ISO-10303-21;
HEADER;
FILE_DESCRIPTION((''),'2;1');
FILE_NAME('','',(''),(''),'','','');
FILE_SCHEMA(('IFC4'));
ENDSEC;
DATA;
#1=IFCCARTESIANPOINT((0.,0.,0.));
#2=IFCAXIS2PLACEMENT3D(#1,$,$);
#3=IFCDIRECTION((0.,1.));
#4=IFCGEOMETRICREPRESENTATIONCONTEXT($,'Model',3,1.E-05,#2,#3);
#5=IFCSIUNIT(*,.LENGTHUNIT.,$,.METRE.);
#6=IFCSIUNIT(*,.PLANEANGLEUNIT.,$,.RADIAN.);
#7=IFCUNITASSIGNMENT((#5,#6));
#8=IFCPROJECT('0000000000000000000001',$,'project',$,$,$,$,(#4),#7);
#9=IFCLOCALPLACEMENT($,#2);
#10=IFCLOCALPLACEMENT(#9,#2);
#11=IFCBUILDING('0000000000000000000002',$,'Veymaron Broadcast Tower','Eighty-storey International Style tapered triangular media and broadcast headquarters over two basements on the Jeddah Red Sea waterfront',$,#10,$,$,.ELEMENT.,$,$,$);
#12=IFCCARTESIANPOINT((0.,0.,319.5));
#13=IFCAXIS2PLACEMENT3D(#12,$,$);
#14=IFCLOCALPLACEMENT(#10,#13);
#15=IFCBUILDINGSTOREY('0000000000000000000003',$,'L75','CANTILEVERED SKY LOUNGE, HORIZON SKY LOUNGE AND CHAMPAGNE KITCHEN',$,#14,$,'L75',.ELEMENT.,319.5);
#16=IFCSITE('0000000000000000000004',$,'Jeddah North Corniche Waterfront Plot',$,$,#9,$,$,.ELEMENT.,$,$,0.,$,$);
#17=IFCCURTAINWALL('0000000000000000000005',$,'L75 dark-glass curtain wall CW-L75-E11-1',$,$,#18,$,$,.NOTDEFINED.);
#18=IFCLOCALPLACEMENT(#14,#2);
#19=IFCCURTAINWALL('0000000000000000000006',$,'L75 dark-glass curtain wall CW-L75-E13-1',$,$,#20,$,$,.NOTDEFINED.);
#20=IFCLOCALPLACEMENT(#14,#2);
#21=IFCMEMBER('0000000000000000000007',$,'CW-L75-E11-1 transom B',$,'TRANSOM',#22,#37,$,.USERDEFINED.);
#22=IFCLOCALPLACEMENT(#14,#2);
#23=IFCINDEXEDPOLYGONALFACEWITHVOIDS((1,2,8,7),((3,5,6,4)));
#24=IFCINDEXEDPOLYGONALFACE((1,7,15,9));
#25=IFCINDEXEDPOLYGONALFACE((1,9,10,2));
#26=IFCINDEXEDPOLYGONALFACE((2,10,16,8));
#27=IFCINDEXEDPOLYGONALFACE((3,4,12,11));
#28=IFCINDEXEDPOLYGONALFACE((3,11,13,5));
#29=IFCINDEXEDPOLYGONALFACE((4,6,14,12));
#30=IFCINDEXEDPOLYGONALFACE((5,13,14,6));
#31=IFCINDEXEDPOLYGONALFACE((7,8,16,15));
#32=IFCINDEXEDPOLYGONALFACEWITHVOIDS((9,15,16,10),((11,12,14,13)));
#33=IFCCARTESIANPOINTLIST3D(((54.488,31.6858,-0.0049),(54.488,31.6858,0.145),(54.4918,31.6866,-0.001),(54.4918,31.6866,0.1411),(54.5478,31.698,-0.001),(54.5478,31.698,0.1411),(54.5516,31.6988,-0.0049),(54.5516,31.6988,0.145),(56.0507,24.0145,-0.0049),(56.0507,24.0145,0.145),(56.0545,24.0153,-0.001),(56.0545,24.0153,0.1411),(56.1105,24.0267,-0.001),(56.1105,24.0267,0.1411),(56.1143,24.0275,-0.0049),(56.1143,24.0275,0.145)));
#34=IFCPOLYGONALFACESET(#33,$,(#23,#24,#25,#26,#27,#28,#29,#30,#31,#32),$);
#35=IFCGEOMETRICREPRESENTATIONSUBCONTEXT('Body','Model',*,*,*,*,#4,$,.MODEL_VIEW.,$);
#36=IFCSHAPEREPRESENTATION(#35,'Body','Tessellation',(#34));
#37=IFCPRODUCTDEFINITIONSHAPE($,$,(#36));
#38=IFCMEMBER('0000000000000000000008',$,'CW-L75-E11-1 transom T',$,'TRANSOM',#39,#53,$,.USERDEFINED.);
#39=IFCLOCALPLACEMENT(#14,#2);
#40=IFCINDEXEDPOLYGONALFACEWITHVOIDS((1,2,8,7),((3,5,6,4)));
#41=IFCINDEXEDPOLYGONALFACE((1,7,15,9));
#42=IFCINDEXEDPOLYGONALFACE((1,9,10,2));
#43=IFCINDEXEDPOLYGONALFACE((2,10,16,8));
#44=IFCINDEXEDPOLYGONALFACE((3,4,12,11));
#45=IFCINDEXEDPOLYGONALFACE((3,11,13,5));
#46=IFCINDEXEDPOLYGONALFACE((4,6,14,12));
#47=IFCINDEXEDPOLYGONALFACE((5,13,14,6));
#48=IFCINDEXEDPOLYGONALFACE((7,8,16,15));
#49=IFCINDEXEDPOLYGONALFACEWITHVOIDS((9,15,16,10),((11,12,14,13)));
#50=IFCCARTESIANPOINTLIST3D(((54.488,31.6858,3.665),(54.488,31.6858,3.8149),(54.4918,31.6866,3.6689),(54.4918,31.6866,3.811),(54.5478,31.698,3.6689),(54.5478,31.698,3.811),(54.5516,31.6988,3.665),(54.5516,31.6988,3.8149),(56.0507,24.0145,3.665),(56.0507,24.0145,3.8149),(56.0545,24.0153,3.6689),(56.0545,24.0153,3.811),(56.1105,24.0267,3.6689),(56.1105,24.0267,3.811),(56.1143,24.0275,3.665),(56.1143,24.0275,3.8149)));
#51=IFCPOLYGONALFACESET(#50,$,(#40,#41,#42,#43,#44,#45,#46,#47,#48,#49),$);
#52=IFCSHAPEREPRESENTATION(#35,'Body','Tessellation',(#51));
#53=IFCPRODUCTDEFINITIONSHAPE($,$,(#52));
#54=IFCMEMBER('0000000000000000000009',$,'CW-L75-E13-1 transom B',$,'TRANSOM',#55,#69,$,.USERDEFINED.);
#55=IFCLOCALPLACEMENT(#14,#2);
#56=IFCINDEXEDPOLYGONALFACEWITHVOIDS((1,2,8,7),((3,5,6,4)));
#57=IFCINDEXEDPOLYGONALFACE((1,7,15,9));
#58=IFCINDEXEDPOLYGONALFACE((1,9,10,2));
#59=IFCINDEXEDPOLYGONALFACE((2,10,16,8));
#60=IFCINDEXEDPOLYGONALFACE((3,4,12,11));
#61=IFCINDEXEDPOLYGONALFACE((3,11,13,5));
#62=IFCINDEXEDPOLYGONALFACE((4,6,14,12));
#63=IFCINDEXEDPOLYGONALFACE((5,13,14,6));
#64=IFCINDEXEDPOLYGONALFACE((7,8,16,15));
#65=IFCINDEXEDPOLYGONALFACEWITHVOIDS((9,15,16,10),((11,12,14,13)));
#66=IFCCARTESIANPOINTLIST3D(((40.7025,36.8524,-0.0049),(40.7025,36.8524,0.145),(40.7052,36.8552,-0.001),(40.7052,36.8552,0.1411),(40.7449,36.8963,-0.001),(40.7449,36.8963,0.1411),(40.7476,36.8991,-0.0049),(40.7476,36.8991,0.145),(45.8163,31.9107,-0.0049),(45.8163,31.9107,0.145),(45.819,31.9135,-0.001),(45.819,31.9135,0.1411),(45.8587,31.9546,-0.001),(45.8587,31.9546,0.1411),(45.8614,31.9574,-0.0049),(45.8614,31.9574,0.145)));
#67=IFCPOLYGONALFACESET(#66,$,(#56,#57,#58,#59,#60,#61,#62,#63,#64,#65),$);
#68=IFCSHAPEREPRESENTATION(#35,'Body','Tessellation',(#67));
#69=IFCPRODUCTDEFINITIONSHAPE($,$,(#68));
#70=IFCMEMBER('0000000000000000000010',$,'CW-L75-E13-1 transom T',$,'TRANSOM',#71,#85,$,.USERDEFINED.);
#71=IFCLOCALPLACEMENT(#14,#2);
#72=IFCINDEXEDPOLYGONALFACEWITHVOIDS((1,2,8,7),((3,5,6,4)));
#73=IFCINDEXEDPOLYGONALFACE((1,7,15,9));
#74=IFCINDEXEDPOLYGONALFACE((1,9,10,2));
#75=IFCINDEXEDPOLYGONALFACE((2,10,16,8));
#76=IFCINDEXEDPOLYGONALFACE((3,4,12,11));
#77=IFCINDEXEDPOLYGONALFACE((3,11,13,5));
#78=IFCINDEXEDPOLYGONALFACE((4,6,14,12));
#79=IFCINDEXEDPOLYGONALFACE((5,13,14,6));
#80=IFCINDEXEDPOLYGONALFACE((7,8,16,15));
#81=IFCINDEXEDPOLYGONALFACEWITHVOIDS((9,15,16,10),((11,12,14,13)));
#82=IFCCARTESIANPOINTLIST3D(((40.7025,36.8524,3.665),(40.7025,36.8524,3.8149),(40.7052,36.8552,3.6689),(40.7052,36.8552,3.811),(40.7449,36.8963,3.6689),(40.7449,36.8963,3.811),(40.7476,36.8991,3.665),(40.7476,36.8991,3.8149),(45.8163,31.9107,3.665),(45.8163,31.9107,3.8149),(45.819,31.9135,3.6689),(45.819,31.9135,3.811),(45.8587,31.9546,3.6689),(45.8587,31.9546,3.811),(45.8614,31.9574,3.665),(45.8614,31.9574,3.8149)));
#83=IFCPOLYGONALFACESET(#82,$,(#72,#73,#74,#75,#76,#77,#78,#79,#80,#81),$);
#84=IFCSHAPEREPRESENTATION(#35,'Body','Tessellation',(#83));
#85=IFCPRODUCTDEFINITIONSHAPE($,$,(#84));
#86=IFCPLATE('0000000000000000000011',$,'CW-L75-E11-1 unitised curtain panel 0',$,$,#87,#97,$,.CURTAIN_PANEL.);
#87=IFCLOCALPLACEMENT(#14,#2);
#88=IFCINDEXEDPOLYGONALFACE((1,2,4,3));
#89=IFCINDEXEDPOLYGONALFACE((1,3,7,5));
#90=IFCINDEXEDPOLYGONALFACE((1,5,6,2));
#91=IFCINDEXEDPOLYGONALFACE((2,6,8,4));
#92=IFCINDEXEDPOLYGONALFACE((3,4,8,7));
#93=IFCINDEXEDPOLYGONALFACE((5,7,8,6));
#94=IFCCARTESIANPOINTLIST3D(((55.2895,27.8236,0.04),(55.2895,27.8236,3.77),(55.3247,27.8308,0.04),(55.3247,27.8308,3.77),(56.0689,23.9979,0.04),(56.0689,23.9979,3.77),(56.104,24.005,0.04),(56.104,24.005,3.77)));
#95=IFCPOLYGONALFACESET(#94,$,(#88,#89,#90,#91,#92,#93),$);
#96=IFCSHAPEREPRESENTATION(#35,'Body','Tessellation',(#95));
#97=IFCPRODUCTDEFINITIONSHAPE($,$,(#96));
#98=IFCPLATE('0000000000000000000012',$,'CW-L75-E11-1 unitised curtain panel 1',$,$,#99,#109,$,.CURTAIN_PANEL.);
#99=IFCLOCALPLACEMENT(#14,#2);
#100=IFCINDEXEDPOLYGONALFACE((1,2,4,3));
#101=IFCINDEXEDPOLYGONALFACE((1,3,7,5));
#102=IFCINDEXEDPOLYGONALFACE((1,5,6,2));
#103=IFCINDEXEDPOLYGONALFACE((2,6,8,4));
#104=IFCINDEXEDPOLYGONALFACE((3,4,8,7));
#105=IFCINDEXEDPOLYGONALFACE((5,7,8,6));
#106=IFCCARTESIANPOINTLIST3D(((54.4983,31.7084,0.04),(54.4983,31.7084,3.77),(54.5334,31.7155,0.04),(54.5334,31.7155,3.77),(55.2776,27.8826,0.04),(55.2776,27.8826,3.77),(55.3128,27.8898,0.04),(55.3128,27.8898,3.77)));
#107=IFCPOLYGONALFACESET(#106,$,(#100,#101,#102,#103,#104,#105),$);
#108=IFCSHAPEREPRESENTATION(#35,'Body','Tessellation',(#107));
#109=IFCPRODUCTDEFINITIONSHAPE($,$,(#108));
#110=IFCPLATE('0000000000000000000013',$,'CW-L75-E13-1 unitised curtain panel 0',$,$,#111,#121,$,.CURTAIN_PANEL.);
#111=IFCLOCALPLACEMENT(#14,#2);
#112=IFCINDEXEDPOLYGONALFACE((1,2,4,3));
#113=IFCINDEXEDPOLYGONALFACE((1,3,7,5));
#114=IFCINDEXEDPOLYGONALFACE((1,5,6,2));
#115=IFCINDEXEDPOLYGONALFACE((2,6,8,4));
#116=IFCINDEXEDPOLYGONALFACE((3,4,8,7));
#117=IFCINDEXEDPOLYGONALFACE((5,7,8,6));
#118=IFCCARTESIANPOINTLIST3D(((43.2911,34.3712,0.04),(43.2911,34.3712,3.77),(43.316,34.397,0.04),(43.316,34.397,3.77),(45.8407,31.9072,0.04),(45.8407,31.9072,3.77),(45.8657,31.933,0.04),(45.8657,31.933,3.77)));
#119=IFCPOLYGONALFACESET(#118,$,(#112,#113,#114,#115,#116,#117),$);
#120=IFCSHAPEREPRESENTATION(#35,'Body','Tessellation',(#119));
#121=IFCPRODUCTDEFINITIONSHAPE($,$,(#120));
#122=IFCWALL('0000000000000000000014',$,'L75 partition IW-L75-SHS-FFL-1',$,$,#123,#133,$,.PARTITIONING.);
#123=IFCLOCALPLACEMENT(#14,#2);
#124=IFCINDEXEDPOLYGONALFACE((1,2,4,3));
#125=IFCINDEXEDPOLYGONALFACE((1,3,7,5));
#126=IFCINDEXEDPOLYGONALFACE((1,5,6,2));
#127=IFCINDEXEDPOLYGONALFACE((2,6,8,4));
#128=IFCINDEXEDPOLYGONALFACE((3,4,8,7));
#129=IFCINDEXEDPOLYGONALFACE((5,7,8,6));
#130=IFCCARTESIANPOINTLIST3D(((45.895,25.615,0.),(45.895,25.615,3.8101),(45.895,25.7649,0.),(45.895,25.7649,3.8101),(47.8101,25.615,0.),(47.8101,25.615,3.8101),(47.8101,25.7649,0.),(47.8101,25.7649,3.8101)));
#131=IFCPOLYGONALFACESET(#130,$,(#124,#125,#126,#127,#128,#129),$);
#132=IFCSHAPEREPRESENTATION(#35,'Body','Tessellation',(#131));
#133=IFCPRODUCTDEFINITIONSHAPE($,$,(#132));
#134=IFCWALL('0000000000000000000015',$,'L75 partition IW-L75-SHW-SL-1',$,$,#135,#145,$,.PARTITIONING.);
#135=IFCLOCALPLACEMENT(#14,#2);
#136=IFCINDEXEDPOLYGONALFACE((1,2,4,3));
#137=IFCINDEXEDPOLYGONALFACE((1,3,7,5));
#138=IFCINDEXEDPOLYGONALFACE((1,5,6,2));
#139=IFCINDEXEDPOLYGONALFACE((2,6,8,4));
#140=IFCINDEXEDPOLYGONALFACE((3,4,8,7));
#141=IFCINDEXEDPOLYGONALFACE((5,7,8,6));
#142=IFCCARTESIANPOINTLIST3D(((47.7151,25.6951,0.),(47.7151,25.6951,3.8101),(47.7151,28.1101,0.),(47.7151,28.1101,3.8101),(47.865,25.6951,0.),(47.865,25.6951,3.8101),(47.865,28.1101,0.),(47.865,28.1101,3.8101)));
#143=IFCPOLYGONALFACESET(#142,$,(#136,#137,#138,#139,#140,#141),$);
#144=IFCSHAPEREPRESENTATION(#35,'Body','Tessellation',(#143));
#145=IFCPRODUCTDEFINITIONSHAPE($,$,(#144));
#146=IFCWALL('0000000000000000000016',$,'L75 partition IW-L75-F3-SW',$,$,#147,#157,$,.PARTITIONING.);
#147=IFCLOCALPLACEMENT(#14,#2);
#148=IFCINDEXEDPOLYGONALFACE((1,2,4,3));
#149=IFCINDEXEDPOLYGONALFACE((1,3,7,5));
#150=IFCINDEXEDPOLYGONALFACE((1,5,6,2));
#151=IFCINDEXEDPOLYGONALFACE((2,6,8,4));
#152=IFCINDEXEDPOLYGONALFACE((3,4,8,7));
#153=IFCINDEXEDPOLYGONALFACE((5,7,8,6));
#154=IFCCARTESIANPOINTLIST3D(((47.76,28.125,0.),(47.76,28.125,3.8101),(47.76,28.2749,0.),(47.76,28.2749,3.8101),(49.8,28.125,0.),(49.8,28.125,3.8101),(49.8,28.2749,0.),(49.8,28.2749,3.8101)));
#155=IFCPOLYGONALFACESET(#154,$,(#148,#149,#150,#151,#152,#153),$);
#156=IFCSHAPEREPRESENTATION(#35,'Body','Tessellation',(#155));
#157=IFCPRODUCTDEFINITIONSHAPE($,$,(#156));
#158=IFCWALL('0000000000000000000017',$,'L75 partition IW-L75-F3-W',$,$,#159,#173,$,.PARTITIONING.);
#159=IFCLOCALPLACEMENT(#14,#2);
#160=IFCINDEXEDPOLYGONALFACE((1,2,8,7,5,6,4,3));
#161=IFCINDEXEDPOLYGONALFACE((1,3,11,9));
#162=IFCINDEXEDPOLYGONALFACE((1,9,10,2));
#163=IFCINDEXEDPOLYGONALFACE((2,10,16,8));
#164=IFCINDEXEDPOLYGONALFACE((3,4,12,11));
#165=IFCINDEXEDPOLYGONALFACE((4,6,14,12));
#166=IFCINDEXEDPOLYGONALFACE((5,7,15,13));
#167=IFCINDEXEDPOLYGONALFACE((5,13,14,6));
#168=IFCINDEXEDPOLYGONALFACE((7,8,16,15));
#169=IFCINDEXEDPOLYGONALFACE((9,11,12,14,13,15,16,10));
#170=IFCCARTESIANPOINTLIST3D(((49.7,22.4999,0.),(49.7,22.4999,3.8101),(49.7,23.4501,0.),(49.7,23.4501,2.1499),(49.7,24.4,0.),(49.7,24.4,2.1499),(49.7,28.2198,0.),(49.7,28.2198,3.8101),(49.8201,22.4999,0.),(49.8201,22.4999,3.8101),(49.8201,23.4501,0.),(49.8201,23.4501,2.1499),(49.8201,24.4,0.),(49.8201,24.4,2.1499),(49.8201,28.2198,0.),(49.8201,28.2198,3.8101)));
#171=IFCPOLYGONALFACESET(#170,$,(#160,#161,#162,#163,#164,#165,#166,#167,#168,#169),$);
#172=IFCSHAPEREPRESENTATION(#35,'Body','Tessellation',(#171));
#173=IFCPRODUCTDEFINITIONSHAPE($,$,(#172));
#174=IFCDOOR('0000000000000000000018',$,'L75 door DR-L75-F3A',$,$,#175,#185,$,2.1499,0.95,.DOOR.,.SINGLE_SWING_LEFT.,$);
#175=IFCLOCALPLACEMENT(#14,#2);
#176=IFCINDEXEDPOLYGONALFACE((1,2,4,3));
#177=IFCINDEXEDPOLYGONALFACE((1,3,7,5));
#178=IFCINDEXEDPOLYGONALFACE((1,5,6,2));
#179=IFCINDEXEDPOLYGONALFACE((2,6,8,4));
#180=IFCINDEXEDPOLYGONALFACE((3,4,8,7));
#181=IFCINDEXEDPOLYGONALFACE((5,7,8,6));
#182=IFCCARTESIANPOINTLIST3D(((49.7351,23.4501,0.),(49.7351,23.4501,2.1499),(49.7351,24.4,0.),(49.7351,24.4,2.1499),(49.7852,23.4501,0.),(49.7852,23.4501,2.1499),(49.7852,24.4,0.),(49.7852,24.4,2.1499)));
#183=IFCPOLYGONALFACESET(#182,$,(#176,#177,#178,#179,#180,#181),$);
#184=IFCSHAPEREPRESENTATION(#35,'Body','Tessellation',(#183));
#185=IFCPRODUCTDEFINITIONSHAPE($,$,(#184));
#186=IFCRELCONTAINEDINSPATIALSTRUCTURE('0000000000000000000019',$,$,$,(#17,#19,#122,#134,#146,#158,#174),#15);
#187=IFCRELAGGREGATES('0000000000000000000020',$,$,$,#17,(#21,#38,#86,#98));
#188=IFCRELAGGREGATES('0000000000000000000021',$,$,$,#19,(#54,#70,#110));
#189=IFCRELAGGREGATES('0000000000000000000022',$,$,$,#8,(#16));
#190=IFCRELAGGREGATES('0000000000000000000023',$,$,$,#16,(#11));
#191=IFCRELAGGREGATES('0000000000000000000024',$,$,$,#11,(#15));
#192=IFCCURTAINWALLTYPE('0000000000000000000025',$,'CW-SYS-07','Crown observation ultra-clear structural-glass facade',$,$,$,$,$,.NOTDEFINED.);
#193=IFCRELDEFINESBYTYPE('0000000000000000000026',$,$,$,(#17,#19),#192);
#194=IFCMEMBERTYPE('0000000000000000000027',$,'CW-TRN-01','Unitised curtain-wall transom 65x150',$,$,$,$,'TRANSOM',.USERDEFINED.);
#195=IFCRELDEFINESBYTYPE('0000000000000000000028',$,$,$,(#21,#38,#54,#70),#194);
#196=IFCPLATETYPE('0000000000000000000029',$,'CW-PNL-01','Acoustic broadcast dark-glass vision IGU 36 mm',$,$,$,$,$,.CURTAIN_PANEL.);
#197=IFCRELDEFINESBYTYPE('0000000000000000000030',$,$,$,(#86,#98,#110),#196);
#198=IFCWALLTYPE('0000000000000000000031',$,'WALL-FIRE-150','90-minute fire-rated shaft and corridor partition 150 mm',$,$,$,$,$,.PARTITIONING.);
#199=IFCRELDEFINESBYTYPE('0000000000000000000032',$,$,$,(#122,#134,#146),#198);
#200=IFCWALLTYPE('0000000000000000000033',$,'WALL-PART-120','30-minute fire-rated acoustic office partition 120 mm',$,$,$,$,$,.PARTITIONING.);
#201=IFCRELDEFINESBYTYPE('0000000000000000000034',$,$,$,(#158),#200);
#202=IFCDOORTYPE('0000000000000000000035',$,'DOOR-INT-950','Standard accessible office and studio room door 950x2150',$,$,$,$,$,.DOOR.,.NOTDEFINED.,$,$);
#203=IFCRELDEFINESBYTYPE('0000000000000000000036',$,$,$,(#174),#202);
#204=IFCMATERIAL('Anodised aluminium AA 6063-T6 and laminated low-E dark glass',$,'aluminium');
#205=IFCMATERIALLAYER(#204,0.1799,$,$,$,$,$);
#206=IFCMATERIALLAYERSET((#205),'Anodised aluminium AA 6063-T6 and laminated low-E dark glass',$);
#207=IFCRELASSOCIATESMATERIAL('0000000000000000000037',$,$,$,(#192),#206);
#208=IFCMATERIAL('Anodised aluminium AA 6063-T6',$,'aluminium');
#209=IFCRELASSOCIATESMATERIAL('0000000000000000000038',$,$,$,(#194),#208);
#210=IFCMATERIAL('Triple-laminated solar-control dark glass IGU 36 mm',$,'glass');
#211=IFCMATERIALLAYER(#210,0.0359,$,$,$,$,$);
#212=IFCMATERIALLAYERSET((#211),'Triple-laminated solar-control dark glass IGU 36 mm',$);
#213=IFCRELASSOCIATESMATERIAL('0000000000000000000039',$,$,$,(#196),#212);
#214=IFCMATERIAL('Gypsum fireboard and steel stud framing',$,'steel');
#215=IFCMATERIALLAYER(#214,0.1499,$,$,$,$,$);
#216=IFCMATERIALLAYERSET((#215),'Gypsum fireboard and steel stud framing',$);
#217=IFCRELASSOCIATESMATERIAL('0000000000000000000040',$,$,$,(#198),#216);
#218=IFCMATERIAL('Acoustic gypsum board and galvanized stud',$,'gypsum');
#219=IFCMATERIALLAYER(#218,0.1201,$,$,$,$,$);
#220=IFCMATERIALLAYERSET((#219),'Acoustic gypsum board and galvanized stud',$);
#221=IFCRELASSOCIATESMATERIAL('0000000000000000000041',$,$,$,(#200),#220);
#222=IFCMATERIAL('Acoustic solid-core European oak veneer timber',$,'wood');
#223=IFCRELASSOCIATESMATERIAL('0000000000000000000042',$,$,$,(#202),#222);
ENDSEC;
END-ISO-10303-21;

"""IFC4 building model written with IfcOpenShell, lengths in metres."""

from ifc_helpers import new_model, si_unit, direction, frame, frame_2d, origin, origin_2d, place, context, subcontext, project, spatial, rectangle, hollow_rectangle, extrude, material, layer, layer_set, material_profile, profile_set, type_object, element, fill, aggregate, save


model = new_model("IFC4")

# Units and contexts
model_context = context("Model", 3, precision=1e-05, world=origin(), true_north=direction((0.0, 1.0)))
body_context = subcontext(model_context, "Body", "Model", "MODEL_VIEW")
ifc_project = project(units=[si_unit("LENGTHUNIT", "METRE"), si_unit("PLANEANGLEUNIT", "RADIAN")], contexts=[model_context])

# Site, building, storey
site_placement = place(None, origin())
site = spatial("IfcSite", under=ifc_project, at=site_placement, Name="Jeddah North Corniche Waterfront Plot", CompositionType="ELEMENT", RefElevation=0.0)
building_placement = place(site_placement, origin())
building = spatial("IfcBuilding", under=site, at=building_placement, Name="Veymaron Broadcast Tower", Description="Eighty-storey International Style tapered triangular media and broadcast headquarters over two basements on the Jeddah Red Sea waterfront", CompositionType="ELEMENT")
storey_placement = place(building_placement, frame((0.0, 0.0, 319.5)))
storey = spatial("IfcBuildingStorey", under=building, at=storey_placement, Name="L75", Description="CANTILEVERED SKY LOUNGE, HORIZON SKY LOUNGE AND CHAMPAGNE KITCHEN", LongName="L75", CompositionType="ELEMENT", Elevation=319.5)

# Shared definitions
ifc_material_1 = material(Name="Anodised aluminium AA 6063-T6 and laminated low-E dark glass", Category="aluminium")
ifc_layer_1 = layer(ifc_material_1, 0.1799)
ifc_layer_set_1 = layer_set([ifc_layer_1], Name="Anodised aluminium AA 6063-T6 and laminated low-E dark glass")
curtain_wall_type = type_object("IfcCurtainWallType", Name="CW-SYS-07", Description="Crown observation ultra-clear structural-glass facade", PredefinedType="NOTDEFINED", material=ifc_layer_set_1)
ifc_material_2 = material(Name="Anodised aluminium AA 6063-T6", Category="aluminium")

# Curtain wall
curtain_wall_1_placement = place(storey_placement, origin())
curtain_wall_1 = element("IfcCurtainWall", 1, at=curtain_wall_1_placement, inside=storey, type_object=curtain_wall_type, Name="L75 dark-glass curtain wall CW-L75-E11-1", PredefinedType="NOTDEFINED")

# Curtain wall
curtain_wall_2_placement = place(storey_placement, origin())
curtain_wall_2 = element("IfcCurtainWall", 2, at=curtain_wall_2_placement, inside=storey, type_object=curtain_wall_type, Name="L75 dark-glass curtain wall CW-L75-E13-1", PredefinedType="NOTDEFINED")

# Members
ifc_material_profile_1 = material_profile(ifc_material_2, hollow_rectangle(XDim=0.0649, YDim=0.1499, WallThickness=0.0039, at=origin_2d()), Name="AL150X65X4")
ifc_profile_set_1 = profile_set([ifc_material_profile_1], Name="Anodised aluminium AA 6063-T6")
member_type_1 = type_object("IfcMemberType", Name="CW-TRN-01", Description="Unitised curtain-wall transom 65x150", ElementType="TRANSOM", PredefinedType="USERDEFINED", material=ifc_profile_set_1)
member_1_placement = place(storey_placement, frame((56.0825, 24.021, 0.0701), z_axis=(-0.199611, 0.979875, 0.0), x_axis=(-0.979875, -0.199611, 0.0)))
member_1 = element("IfcMember", 3, at=member_1_placement, type_object=member_type_1, Name="CW-L75-E11-1 transom B", ObjectType="TRANSOM", PredefinedType="USERDEFINED", context=body_context, shape_type="SweptSolid", body=[
    extrude(hollow_rectangle(XDim=0.0649, YDim=0.1499, WallThickness=0.0039, at=origin_2d()), origin(), (0.0, 0.0, 1.0), 7.8289),
])
member_2_placement = place(storey_placement, frame((56.0825, 24.021, 3.74), z_axis=(-0.199611, 0.979875, 0.0), x_axis=(-0.979875, -0.199611, 0.0)))
member_2 = element("IfcMember", 4, at=member_2_placement, type_object=member_type_1, Name="CW-L75-E11-1 transom T", ObjectType="TRANSOM", PredefinedType="USERDEFINED", context=body_context, shape_type="SweptSolid", body=[
    extrude(hollow_rectangle(XDim=0.0649, YDim=0.1499, WallThickness=0.0039, at=origin_2d()), origin(), (0.0, 0.0, 1.0), 7.8289),
])
member_3_placement = place(storey_placement, frame((45.8389, 31.9341, 0.0701), z_axis=(-0.719105, 0.694901, 0.0), x_axis=(-0.694901, -0.719105, 0.0)))
member_3 = element("IfcMember", 5, at=member_3_placement, type_object=member_type_1, Name="CW-L75-E13-1 transom B", ObjectType="TRANSOM", PredefinedType="USERDEFINED", context=body_context, shape_type="SweptSolid", body=[
    extrude(hollow_rectangle(XDim=0.0649, YDim=0.1499, WallThickness=0.0039, at=origin_2d()), origin(), (0.0, 0.0, 1.0), 7.1113),
])
member_4_placement = place(storey_placement, frame((45.8389, 31.9341, 3.74), z_axis=(-0.719105, 0.694901, 0.0), x_axis=(-0.694901, -0.719105, 0.0)))
member_4 = element("IfcMember", 6, at=member_4_placement, type_object=member_type_1, Name="CW-L75-E13-1 transom T", ObjectType="TRANSOM", PredefinedType="USERDEFINED", context=body_context, shape_type="SweptSolid", body=[
    extrude(hollow_rectangle(XDim=0.0649, YDim=0.1499, WallThickness=0.0039, at=origin_2d()), origin(), (0.0, 0.0, 1.0), 7.1113),
])

# Plates
ifc_material_3 = material(Name="Triple-laminated solar-control dark glass IGU 36 mm", Category="glass")
ifc_layer_2 = layer(ifc_material_3, 0.0359)
ifc_layer_set_2 = layer_set([ifc_layer_2], Name="Triple-laminated solar-control dark glass IGU 36 mm")
plate_type = type_object("IfcPlateType", Name="CW-PNL-01", Description="Acoustic broadcast dark-glass vision IGU 36 mm", PredefinedType="CURTAIN_PANEL", material=ifc_layer_set_2)
plate_1_placement = place(storey_placement, frame((55.6968, 25.9143, 0.04), z_axis=(0.0, 0.0, 1.0), x_axis=(-0.199607, 0.979876, 0.0)))
plate_1 = element("IfcPlate", 7, at=plate_1_placement, type_object=plate_type, Name="CW-L75-E11-1 unitised curtain panel 0", PredefinedType="CURTAIN_PANEL", context=body_context, shape_type="SweptSolid", body=[
    extrude(rectangle(XDim=3.9043, YDim=0.0359, at=origin_2d()), origin(), (0.0, 0.0, 1.0), 3.73),
])
plate_2_placement = place(storey_placement, frame((54.9055, 29.7991, 0.04), z_axis=(0.0, 0.0, 1.0), x_axis=(-0.199607, 0.979876, 0.0)))
plate_2 = element("IfcPlate", 8, at=plate_2_placement, type_object=plate_type, Name="CW-L75-E11-1 unitised curtain panel 1", PredefinedType="CURTAIN_PANEL", context=body_context, shape_type="SweptSolid", body=[
    extrude(rectangle(XDim=3.9043, YDim=0.0359, at=origin_2d()), origin(), (0.0, 0.0, 1.0), 3.73),
])
aggregate(curtain_wall_1, [member_1, member_2, plate_1, plate_2])
plate_3_placement = place(storey_placement, frame((44.5784, 33.1521, 0.04), z_axis=(0.0, 0.0, 1.0), x_axis=(-0.719097, 0.694909, 0.0)))
plate_3 = element("IfcPlate", 9, at=plate_3_placement, type_object=plate_type, Name="CW-L75-E13-1 unitised curtain panel 0", PredefinedType="CURTAIN_PANEL", context=body_context, shape_type="SweptSolid", body=[
    extrude(rectangle(XDim=3.5457, YDim=0.0359, at=origin_2d()), origin(), (0.0, 0.0, 1.0), 3.73),
])
aggregate(curtain_wall_2, [member_3, member_4, plate_3])

# Shared definitions
ifc_material_4 = material(Name="Gypsum fireboard and steel stud framing", Category="steel")
ifc_layer_3 = layer(ifc_material_4, 0.1499)
ifc_layer_set_3 = layer_set([ifc_layer_3], Name="Gypsum fireboard and steel stud framing")
wall_type_1 = type_object("IfcWallType", Name="WALL-FIRE-150", Description="90-minute fire-rated shaft and corridor partition 150 mm", PredefinedType="PARTITIONING", material=ifc_layer_set_3)

# Wall
wall_1_placement = place(storey_placement, frame((45.895, 25.6899, 0.0), z_axis=(0.0, 0.0, 1.0), x_axis=(1.0, 0.0, 0.0)))
element("IfcWall", 10, at=wall_1_placement, inside=storey, type_object=wall_type_1, Name="L75 partition IW-L75-SHS-FFL-1", PredefinedType="PARTITIONING", context=body_context, shape_type="SweptSolid", body=[
    extrude(rectangle(XDim=1.915, YDim=0.1499, at=frame_2d((0.9575, 0.0))), origin(), (0.0, 0.0, 1.0), 3.8101),
])

# Walls
wall_2_placement = place(storey_placement, frame((47.79, 25.6951, 0.0), z_axis=(0.0, 0.0, 1.0), x_axis=(0.0, 1.0, 0.0)))
element("IfcWall", 11, at=wall_2_placement, inside=storey, type_object=wall_type_1, Name="L75 partition IW-L75-SHW-SL-1", PredefinedType="PARTITIONING", context=body_context, shape_type="SweptSolid", body=[
    extrude(rectangle(XDim=2.415, YDim=0.1499, at=frame_2d((1.2075, 0.0))), origin(), (0.0, 0.0, 1.0), 3.8101),
])
wall_3_placement = place(storey_placement, frame((47.76, 28.2, 0.0), z_axis=(0.0, 0.0, 1.0), x_axis=(1.0, 0.0, 0.0)))
element("IfcWall", 12, at=wall_3_placement, inside=storey, type_object=wall_type_1, Name="L75 partition IW-L75-F3-SW", PredefinedType="PARTITIONING", context=body_context, shape_type="SweptSolid", body=[
    extrude(rectangle(XDim=2.04, YDim=0.1499, at=frame_2d((1.02, 0.0))), origin(), (0.0, 0.0, 1.0), 3.8101),
])

# Wall, opening, door
ifc_material_5 = material(Name="Acoustic gypsum board and galvanized stud", Category="gypsum")
ifc_layer_4 = layer(ifc_material_5, 0.1201)
ifc_layer_set_4 = layer_set([ifc_layer_4], Name="Acoustic gypsum board and galvanized stud")
wall_type_2 = type_object("IfcWallType", Name="WALL-PART-120", Description="30-minute fire-rated acoustic office partition 120 mm", PredefinedType="PARTITIONING", material=ifc_layer_set_4)
wall_4_placement = place(storey_placement, frame((49.76, 22.5, 0.0), z_axis=(0.0, 0.0, 1.0), x_axis=(0.0, 1.0, 0.0)))
wall_4 = element("IfcWall", 13, at=wall_4_placement, inside=storey, type_object=wall_type_2, Name="L75 partition IW-L75-F3-W", PredefinedType="PARTITIONING", context=body_context, shape_type="SweptSolid", body=[
    extrude(rectangle(XDim=5.72, YDim=0.1201, at=frame_2d((2.8599, 0.0))), origin(), (0.0, 0.0, 1.0), 3.8101),
])
opening_1_placement = place(wall_4_placement, frame((0.95, 0.0, 0.0)))
opening_1 = element("IfcOpeningElement", 14, at=opening_1_placement, cuts=wall_4, PredefinedType="OPENING", context=body_context, shape_type="SweptSolid", body=[
    extrude(rectangle(XDim=0.95, YDim=2.1499, at=frame_2d((0.4751, 1.075))), frame((0.0, 0.0701, 0.0), z_axis=(0.0, -1.0, 0.0), x_axis=(1.0, 0.0, 0.0)), (0.0, 0.0, 1.0), 0.1401),
])
ifc_material_6 = material(Name="Acoustic solid-core European oak veneer timber", Category="wood")
door_type_1 = type_object("IfcDoorType", Name="DOOR-INT-950", Description="Standard accessible office and studio room door 950x2150", OperationType="NOTDEFINED", PredefinedType="DOOR", material=ifc_material_6)
door_1_placement = place(opening_1_placement, origin())
door_1 = element("IfcDoor", 15, at=door_1_placement, inside=storey, type_object=door_type_1, Name="L75 door DR-L75-F3A", OperationType="SINGLE_SWING_LEFT", OverallHeight=2.1499, OverallWidth=0.95, PredefinedType="DOOR", context=body_context, shape_type="SweptSolid", body=[
    extrude(rectangle(XDim=0.95, YDim=2.1499, at=frame_2d((0.4751, 1.075))), frame((0.0, 0.0249, 0.0), z_axis=(0.0, -1.0, 0.0), x_axis=(1.0, 0.0, 0.0)), (0.0, 0.0, 1.0), 0.05),
])
fill(opening_1, door_1)

save(model, "model.ifc")
